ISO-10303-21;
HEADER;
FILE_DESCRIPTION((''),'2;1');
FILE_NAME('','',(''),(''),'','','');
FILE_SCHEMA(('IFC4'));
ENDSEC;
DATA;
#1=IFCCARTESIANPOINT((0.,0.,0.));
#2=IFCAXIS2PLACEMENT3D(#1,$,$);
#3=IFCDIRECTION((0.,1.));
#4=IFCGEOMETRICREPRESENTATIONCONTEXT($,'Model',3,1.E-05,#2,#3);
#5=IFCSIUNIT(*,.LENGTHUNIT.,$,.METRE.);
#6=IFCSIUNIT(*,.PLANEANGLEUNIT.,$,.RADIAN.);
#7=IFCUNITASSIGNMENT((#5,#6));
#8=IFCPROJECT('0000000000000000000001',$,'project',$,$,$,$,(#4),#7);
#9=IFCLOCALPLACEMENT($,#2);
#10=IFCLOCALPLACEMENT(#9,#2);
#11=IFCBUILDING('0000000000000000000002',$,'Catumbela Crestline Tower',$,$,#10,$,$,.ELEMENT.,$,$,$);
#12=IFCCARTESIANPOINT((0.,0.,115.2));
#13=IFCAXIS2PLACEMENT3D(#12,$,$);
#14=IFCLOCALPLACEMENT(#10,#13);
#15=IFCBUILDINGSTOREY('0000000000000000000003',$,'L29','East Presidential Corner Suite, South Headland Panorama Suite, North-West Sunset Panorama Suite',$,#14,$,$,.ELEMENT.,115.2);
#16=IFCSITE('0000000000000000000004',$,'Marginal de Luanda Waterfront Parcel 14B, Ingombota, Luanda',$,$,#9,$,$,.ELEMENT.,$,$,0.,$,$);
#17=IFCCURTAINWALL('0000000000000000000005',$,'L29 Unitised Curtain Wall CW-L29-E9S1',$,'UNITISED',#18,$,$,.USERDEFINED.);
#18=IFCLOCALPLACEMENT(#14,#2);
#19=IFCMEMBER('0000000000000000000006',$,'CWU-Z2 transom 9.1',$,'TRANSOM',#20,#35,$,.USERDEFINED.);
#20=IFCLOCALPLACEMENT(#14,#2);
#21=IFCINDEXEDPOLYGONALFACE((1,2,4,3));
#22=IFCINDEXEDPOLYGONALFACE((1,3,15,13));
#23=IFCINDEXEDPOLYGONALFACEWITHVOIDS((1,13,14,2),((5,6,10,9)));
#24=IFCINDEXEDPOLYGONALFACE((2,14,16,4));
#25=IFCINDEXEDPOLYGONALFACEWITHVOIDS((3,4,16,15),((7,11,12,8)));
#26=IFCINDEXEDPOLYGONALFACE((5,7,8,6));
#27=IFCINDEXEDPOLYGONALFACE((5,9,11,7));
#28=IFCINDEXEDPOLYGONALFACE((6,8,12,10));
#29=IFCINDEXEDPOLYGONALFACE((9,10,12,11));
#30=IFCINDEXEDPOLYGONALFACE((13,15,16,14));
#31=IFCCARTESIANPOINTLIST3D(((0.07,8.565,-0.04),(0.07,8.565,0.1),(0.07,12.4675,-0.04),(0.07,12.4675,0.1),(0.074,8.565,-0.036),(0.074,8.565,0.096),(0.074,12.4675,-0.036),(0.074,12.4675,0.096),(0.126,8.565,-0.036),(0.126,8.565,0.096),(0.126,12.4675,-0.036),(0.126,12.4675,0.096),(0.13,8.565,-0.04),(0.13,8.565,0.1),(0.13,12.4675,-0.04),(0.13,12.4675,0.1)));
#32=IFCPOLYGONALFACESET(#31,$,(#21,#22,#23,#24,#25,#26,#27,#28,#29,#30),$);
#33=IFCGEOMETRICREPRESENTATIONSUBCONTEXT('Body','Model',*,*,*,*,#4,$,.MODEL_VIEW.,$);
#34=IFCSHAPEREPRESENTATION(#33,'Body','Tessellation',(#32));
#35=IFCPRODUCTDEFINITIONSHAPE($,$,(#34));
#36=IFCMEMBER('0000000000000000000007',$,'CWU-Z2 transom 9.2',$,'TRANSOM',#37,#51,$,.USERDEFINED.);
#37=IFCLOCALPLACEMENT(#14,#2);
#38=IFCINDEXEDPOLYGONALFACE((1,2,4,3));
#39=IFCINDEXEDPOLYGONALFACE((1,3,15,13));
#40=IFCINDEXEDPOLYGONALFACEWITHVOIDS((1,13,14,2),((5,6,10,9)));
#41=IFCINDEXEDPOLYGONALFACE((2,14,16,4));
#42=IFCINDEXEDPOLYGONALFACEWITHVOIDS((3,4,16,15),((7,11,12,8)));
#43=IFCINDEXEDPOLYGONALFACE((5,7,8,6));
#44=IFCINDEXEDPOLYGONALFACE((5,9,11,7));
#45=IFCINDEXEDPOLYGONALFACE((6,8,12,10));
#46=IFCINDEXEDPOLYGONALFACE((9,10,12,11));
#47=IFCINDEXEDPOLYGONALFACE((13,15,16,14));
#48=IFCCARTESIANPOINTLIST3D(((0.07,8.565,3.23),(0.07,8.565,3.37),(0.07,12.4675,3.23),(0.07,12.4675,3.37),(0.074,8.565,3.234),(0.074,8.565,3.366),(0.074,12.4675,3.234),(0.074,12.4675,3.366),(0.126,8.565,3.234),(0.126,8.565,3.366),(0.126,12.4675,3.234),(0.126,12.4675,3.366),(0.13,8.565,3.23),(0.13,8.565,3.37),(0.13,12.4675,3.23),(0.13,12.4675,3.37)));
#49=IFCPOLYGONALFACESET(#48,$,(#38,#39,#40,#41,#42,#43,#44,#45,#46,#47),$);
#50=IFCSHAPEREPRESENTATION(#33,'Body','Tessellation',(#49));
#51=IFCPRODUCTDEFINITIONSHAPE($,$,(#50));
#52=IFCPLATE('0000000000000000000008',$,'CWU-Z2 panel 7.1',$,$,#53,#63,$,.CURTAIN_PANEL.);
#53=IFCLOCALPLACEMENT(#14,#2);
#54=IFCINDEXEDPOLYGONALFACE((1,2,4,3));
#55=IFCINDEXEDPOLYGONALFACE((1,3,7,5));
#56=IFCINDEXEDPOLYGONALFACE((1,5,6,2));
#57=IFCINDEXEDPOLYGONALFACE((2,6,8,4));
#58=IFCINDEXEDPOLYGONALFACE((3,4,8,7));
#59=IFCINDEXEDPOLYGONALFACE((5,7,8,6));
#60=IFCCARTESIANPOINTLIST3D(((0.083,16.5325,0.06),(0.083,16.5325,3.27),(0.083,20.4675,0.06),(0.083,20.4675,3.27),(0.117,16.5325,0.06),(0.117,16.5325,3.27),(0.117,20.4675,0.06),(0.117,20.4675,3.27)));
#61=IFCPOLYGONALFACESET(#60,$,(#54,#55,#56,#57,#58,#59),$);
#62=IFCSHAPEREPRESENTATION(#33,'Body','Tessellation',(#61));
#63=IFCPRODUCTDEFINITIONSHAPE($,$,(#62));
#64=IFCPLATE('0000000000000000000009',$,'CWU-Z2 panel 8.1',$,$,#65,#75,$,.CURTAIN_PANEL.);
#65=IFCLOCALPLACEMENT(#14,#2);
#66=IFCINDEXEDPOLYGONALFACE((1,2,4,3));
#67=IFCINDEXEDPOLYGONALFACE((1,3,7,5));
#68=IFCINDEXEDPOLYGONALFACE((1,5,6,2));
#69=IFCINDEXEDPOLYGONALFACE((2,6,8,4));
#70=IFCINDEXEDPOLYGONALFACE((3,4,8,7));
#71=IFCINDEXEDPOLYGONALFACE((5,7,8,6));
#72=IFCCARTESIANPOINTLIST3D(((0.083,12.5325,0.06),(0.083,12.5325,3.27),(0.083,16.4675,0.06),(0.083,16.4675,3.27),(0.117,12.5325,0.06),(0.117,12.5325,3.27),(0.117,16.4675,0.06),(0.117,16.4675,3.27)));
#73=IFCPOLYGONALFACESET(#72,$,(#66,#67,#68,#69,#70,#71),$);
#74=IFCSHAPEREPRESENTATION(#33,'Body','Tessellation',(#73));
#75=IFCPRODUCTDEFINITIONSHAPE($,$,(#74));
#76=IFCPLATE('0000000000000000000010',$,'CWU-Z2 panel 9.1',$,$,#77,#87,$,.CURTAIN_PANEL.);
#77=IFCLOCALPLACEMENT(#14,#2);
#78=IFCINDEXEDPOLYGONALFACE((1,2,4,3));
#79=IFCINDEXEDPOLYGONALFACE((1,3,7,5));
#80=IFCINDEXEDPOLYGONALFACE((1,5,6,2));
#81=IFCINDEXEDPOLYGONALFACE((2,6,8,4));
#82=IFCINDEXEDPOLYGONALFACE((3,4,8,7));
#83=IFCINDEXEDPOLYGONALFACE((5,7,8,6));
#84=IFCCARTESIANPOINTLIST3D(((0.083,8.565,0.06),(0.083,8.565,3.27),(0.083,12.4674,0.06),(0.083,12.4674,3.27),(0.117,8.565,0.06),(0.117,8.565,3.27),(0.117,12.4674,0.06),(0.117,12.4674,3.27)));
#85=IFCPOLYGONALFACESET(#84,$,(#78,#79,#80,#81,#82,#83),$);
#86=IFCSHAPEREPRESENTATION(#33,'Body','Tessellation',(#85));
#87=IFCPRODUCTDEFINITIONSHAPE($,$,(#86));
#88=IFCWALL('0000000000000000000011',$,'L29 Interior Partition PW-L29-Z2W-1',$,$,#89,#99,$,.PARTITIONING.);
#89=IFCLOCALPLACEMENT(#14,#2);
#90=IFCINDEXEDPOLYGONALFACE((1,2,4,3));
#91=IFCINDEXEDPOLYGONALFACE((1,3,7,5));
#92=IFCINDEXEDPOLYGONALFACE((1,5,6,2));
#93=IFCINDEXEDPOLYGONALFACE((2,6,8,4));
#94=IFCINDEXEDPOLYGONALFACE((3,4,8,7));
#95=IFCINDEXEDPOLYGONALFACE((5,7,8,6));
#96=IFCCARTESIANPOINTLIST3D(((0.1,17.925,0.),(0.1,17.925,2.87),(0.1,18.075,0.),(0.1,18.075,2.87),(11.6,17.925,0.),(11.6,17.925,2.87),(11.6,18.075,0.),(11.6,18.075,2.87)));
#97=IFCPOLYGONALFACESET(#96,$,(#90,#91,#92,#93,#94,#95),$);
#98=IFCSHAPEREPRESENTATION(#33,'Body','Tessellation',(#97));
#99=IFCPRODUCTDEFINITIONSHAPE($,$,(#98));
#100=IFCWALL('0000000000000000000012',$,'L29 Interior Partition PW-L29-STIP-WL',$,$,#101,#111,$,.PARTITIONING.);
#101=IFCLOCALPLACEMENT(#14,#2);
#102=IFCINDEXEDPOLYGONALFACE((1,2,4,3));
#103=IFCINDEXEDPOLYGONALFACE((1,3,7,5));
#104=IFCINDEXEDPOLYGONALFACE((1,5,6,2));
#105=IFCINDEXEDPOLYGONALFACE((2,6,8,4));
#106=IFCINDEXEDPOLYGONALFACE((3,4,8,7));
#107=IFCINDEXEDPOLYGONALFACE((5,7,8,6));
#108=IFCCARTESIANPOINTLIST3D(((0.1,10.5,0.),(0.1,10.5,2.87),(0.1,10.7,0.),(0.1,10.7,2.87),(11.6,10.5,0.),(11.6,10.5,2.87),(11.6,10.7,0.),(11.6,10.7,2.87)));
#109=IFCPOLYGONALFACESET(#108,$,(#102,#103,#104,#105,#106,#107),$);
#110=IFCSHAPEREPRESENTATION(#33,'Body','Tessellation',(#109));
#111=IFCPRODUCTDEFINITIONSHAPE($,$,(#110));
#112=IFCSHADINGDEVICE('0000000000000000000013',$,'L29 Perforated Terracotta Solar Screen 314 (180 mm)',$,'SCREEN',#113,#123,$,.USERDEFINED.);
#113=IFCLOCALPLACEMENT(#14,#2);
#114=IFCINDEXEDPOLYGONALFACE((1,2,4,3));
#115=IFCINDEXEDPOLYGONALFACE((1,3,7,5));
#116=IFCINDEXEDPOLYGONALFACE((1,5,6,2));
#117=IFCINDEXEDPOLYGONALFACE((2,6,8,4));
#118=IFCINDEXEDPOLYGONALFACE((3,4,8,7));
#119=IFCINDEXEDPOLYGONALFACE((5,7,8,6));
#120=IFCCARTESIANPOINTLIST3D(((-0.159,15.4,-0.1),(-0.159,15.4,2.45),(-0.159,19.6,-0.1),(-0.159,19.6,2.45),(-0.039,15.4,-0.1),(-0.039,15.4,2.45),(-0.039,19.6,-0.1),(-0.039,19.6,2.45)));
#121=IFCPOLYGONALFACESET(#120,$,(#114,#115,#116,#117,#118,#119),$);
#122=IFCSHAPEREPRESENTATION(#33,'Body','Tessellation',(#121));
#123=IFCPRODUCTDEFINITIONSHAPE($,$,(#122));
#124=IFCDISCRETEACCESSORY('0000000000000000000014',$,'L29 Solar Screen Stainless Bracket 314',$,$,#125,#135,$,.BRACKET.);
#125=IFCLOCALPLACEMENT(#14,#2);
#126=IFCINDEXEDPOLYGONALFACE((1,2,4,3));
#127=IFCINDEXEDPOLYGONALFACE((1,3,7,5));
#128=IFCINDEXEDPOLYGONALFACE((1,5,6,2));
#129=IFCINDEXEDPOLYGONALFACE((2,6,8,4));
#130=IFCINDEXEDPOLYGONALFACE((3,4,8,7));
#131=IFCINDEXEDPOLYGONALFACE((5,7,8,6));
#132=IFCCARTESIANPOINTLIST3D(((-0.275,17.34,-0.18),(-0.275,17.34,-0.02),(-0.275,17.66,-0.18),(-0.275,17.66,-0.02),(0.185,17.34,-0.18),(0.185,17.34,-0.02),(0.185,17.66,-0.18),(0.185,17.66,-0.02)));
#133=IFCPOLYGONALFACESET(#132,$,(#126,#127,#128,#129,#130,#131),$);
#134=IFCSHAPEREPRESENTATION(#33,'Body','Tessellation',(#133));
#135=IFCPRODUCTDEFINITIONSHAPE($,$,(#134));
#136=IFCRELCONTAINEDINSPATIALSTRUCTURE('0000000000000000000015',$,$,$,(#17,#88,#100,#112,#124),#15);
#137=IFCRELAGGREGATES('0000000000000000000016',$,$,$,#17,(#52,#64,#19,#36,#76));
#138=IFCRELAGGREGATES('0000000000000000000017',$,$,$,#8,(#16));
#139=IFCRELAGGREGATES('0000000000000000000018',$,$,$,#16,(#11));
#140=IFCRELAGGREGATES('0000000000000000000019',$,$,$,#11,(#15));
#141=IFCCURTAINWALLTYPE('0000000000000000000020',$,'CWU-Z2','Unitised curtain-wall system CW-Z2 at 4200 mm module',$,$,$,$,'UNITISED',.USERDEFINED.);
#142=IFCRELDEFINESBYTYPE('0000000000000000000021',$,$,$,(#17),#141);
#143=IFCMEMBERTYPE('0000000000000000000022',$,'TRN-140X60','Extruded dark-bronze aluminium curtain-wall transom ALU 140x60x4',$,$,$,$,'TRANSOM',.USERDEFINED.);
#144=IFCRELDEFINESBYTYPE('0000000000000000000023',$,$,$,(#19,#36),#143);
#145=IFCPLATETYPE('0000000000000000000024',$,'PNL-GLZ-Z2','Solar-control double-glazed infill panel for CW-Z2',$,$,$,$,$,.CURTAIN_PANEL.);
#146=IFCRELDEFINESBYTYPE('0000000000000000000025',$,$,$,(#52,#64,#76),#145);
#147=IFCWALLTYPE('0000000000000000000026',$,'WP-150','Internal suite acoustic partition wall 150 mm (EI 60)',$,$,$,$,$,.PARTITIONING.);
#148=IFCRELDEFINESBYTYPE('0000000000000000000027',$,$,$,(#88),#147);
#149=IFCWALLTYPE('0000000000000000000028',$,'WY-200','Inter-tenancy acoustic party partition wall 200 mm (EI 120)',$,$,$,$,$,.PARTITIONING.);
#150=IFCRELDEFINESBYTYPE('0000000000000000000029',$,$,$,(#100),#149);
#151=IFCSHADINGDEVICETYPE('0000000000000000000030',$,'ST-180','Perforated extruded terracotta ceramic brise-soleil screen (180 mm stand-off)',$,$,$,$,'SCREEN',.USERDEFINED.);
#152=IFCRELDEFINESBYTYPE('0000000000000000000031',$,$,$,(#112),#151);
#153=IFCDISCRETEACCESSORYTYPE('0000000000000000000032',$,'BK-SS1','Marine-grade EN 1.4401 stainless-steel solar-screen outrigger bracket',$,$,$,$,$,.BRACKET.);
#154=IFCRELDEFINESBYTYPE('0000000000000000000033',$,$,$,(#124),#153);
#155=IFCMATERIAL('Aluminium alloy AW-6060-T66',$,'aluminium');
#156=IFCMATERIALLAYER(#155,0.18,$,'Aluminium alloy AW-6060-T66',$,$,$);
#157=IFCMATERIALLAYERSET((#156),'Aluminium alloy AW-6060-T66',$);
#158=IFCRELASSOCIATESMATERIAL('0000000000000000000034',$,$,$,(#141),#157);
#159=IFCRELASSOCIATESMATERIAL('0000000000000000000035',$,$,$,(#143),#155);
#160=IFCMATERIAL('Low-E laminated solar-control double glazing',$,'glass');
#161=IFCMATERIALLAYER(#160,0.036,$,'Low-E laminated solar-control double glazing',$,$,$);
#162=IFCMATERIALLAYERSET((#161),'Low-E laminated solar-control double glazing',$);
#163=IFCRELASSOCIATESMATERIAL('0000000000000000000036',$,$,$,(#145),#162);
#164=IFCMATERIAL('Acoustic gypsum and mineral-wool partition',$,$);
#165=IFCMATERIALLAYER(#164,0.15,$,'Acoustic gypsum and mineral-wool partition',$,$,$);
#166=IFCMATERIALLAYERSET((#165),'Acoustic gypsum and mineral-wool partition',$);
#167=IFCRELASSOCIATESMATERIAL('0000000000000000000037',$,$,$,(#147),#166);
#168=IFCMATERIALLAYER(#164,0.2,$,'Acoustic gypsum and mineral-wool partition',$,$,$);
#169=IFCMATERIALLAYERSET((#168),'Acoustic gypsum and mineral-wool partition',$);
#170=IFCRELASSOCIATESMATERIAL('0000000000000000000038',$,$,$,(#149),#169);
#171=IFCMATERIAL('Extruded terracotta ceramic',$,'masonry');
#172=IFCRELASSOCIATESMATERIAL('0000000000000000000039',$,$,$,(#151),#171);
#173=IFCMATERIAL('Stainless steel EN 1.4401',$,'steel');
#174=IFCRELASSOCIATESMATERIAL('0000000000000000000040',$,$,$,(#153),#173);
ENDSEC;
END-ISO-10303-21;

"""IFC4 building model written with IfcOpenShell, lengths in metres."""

from ifc_helpers import new_model, si_unit, direction, frame, frame_2d, origin, origin_2d, place, context, subcontext, project, spatial, rectangle, hollow_rectangle, extrude, material, layer, layer_set, material_profile, profile_set, type_object, element, aggregate, save


model = new_model("IFC4")

# Units and contexts
model_context = context("Model", 3, precision=1e-05, world=origin(), true_north=direction((0.0, 1.0)))
body_context = subcontext(model_context, "Body", "Model", "MODEL_VIEW")
ifc_project = project(units=[si_unit("LENGTHUNIT", "METRE"), si_unit("PLANEANGLEUNIT", "RADIAN")], contexts=[model_context])

# Site, building, storey
site_placement = place(None, origin())
site = spatial("IfcSite", under=ifc_project, at=site_placement, Name="Marginal de Luanda Waterfront Parcel 14B, Ingombota, Luanda", CompositionType="ELEMENT", RefElevation=0.0)
building_placement = place(site_placement, origin())
building = spatial("IfcBuilding", under=site, at=building_placement, Name="Catumbela Crestline Tower", CompositionType="ELEMENT")
storey_placement = place(building_placement, frame((0.0, 0.0, 115.2)))
storey = spatial("IfcBuildingStorey", under=building, at=storey_placement, Name="L29", Description="East Presidential Corner Suite, South Headland Panorama Suite, North-West Sunset Panorama Suite", CompositionType="ELEMENT", Elevation=115.2)

# Curtain wall
ifc_material_1 = material(Name="Aluminium alloy AW-6060-T66", Category="aluminium")
ifc_layer_1 = layer(ifc_material_1, 0.18, Name="Aluminium alloy AW-6060-T66")
ifc_layer_set_1 = layer_set([ifc_layer_1], Name="Aluminium alloy AW-6060-T66")
curtain_wall_type = type_object("IfcCurtainWallType", Name="CWU-Z2", Description="Unitised curtain-wall system CW-Z2 at 4200 mm module", ElementType="UNITISED", PredefinedType="USERDEFINED", material=ifc_layer_set_1)
curtain_wall_placement = place(storey_placement, origin())
curtain_wall = element("IfcCurtainWall", 1, at=curtain_wall_placement, inside=storey, type_object=curtain_wall_type, Name="L29 Unitised Curtain Wall CW-L29-E9S1", ObjectType="UNITISED", PredefinedType="USERDEFINED")

# Members
ifc_material_profile_1 = material_profile(ifc_material_1, hollow_rectangle(XDim=0.06, YDim=0.14, WallThickness=0.004, at=origin_2d()), Name="ALU 140x60x4")
ifc_profile_set_1 = profile_set([ifc_material_profile_1], Name="Aluminium alloy AW-6060-T66")
member_type_1 = type_object("IfcMemberType", Name="TRN-140X60", Description="Extruded dark-bronze aluminium curtain-wall transom ALU 140x60x4", ElementType="TRANSOM", PredefinedType="USERDEFINED", material=ifc_profile_set_1)
member_1_placement = place(storey_placement, frame((0.1, 12.4675, 0.03), z_axis=(0.0, -1.0, 0.0), x_axis=(1.0, 0.0, 0.0)))
member_1 = element("IfcMember", 2, at=member_1_placement, type_object=member_type_1, Name="CWU-Z2 transom 9.1", ObjectType="TRANSOM", PredefinedType="USERDEFINED", context=body_context, shape_type="SweptSolid", body=[
    extrude(hollow_rectangle(XDim=0.06, YDim=0.14, WallThickness=0.004, at=origin_2d()), origin(), (0.0, 0.0, 1.0), 3.9025),
])
member_2_placement = place(storey_placement, frame((0.1, 12.4675, 3.3), z_axis=(0.0, -1.0, 0.0), x_axis=(1.0, 0.0, 0.0)))
member_2 = element("IfcMember", 3, at=member_2_placement, type_object=member_type_1, Name="CWU-Z2 transom 9.2", ObjectType="TRANSOM", PredefinedType="USERDEFINED", context=body_context, shape_type="SweptSolid", body=[
    extrude(hollow_rectangle(XDim=0.06, YDim=0.14, WallThickness=0.004, at=origin_2d()), origin(), (0.0, 0.0, 1.0), 3.9025),
])

# Plates
ifc_material_2 = material(Name="Low-E laminated solar-control double glazing", Category="glass")
ifc_layer_2 = layer(ifc_material_2, 0.036, Name="Low-E laminated solar-control double glazing")
ifc_layer_set_2 = layer_set([ifc_layer_2], Name="Low-E laminated solar-control double glazing")
plate_type = type_object("IfcPlateType", Name="PNL-GLZ-Z2", Description="Solar-control double-glazed infill panel for CW-Z2", PredefinedType="CURTAIN_PANEL", material=ifc_layer_set_2)
plate_1_placement = place(storey_placement, frame((0.1, 18.5, 0.06), z_axis=(0.0, 0.0, 1.0), x_axis=(0.0, -1.0, 0.0)))
plate_1 = element("IfcPlate", 4, at=plate_1_placement, type_object=plate_type, Name="CWU-Z2 panel 7.1", PredefinedType="CURTAIN_PANEL", context=body_context, shape_type="SweptSolid", body=[
    extrude(rectangle(XDim=3.935, YDim=0.034, at=origin_2d()), origin(), (0.0, 0.0, 1.0), 3.21),
])
plate_2_placement = place(storey_placement, frame((0.1, 14.5, 0.06), z_axis=(0.0, 0.0, 1.0), x_axis=(0.0, -1.0, 0.0)))
plate_2 = element("IfcPlate", 5, at=plate_2_placement, type_object=plate_type, Name="CWU-Z2 panel 8.1", PredefinedType="CURTAIN_PANEL", context=body_context, shape_type="SweptSolid", body=[
    extrude(rectangle(XDim=3.935, YDim=0.034, at=origin_2d()), origin(), (0.0, 0.0, 1.0), 3.21),
])
plate_3_placement = place(storey_placement, frame((0.1, 10.5162, 0.06), z_axis=(0.0, 0.0, 1.0), x_axis=(0.0, -1.0, 0.0)))
plate_3 = element("IfcPlate", 6, at=plate_3_placement, type_object=plate_type, Name="CWU-Z2 panel 9.1", PredefinedType="CURTAIN_PANEL", context=body_context, shape_type="SweptSolid", body=[
    extrude(rectangle(XDim=3.9025, YDim=0.034, at=origin_2d()), origin(), (0.0, 0.0, 1.0), 3.21),
])
aggregate(curtain_wall, [plate_1, plate_2, member_1, member_2, plate_3])

# Walls
ifc_material_3 = material(Name="Acoustic gypsum and mineral-wool partition")
ifc_layer_3 = layer(ifc_material_3, 0.15, Name="Acoustic gypsum and mineral-wool partition")
ifc_layer_set_3 = layer_set([ifc_layer_3], Name="Acoustic gypsum and mineral-wool partition")
wall_type_1 = type_object("IfcWallType", Name="WP-150", Description="Internal suite acoustic partition wall 150 mm (EI 60)", PredefinedType="PARTITIONING", material=ifc_layer_set_3)
wall_1_placement = place(storey_placement, frame((0.1, 18.0, 0.0), z_axis=(0.0, 0.0, 1.0), x_axis=(1.0, 0.0, 0.0)))
element("IfcWall", 7, at=wall_1_placement, inside=storey, type_object=wall_type_1, Name="L29 Interior Partition PW-L29-Z2W-1", PredefinedType="PARTITIONING", context=body_context, shape_type="SweptSolid", body=[
    extrude(rectangle(XDim=11.5, YDim=0.15, at=frame_2d((5.75, 0.0))), origin(), (0.0, 0.0, 1.0), 2.87),
])
ifc_layer_4 = layer(ifc_material_3, 0.2, Name="Acoustic gypsum and mineral-wool partition")
ifc_layer_set_4 = layer_set([ifc_layer_4], Name="Acoustic gypsum and mineral-wool partition")
wall_type_2 = type_object("IfcWallType", Name="WY-200", Description="Inter-tenancy acoustic party partition wall 200 mm (EI 120)", PredefinedType="PARTITIONING", material=ifc_layer_set_4)
wall_2_placement = place(storey_placement, frame((0.1, 10.6, 0.0), z_axis=(0.0, 0.0, 1.0), x_axis=(1.0, 0.0, 0.0)))
element("IfcWall", 8, at=wall_2_placement, inside=storey, type_object=wall_type_2, Name="L29 Interior Partition PW-L29-STIP-WL", PredefinedType="PARTITIONING", context=body_context, shape_type="SweptSolid", body=[
    extrude(rectangle(XDim=11.5, YDim=0.2, at=frame_2d((5.75, 0.0))), origin(), (0.0, 0.0, 1.0), 2.87),
])

# Shading device
ifc_material_4 = material(Name="Extruded terracotta ceramic", Category="masonry")
shading_device_type = type_object("IfcShadingDeviceType", Name="ST-180", Description="Perforated extruded terracotta ceramic brise-soleil screen (180 mm stand-off)", ElementType="SCREEN", PredefinedType="USERDEFINED", material=ifc_material_4)
shading_device_placement = place(storey_placement, frame((-0.099, 17.5, -0.1), z_axis=(0.0, 0.0, 1.0), x_axis=(0.0, -1.0, 0.0)))
element("IfcShadingDevice", 9, at=shading_device_placement, inside=storey, type_object=shading_device_type, Name="L29 Perforated Terracotta Solar Screen 314 (180 mm)", ObjectType="SCREEN", PredefinedType="USERDEFINED", context=body_context, shape_type="SweptSolid", body=[
    extrude(rectangle(XDim=4.2, YDim=0.12, at=origin_2d()), origin(), (0.0, 0.0, 1.0), 2.55),
])

# Discrete accessory
ifc_material_5 = material(Name="Stainless steel EN 1.4401", Category="steel")
discrete_accessory_type = type_object("IfcDiscreteAccessoryType", Name="BK-SS1", Description="Marine-grade EN 1.4401 stainless-steel solar-screen outrigger bracket", PredefinedType="BRACKET", material=ifc_material_5)
discrete_accessory_placement = place(storey_placement, frame((-0.045, 17.5, -0.18), z_axis=(0.0, 0.0, 1.0), x_axis=(0.0, -1.0, 0.0)))
element("IfcDiscreteAccessory", 10, at=discrete_accessory_placement, inside=storey, type_object=discrete_accessory_type, Name="L29 Solar Screen Stainless Bracket 314", PredefinedType="BRACKET", context=body_context, shape_type="SweptSolid", body=[
    extrude(rectangle(XDim=0.32, YDim=0.46, at=origin_2d()), origin(), (0.0, 0.0, 1.0), 0.16),
])

save(model, "model.ifc")
